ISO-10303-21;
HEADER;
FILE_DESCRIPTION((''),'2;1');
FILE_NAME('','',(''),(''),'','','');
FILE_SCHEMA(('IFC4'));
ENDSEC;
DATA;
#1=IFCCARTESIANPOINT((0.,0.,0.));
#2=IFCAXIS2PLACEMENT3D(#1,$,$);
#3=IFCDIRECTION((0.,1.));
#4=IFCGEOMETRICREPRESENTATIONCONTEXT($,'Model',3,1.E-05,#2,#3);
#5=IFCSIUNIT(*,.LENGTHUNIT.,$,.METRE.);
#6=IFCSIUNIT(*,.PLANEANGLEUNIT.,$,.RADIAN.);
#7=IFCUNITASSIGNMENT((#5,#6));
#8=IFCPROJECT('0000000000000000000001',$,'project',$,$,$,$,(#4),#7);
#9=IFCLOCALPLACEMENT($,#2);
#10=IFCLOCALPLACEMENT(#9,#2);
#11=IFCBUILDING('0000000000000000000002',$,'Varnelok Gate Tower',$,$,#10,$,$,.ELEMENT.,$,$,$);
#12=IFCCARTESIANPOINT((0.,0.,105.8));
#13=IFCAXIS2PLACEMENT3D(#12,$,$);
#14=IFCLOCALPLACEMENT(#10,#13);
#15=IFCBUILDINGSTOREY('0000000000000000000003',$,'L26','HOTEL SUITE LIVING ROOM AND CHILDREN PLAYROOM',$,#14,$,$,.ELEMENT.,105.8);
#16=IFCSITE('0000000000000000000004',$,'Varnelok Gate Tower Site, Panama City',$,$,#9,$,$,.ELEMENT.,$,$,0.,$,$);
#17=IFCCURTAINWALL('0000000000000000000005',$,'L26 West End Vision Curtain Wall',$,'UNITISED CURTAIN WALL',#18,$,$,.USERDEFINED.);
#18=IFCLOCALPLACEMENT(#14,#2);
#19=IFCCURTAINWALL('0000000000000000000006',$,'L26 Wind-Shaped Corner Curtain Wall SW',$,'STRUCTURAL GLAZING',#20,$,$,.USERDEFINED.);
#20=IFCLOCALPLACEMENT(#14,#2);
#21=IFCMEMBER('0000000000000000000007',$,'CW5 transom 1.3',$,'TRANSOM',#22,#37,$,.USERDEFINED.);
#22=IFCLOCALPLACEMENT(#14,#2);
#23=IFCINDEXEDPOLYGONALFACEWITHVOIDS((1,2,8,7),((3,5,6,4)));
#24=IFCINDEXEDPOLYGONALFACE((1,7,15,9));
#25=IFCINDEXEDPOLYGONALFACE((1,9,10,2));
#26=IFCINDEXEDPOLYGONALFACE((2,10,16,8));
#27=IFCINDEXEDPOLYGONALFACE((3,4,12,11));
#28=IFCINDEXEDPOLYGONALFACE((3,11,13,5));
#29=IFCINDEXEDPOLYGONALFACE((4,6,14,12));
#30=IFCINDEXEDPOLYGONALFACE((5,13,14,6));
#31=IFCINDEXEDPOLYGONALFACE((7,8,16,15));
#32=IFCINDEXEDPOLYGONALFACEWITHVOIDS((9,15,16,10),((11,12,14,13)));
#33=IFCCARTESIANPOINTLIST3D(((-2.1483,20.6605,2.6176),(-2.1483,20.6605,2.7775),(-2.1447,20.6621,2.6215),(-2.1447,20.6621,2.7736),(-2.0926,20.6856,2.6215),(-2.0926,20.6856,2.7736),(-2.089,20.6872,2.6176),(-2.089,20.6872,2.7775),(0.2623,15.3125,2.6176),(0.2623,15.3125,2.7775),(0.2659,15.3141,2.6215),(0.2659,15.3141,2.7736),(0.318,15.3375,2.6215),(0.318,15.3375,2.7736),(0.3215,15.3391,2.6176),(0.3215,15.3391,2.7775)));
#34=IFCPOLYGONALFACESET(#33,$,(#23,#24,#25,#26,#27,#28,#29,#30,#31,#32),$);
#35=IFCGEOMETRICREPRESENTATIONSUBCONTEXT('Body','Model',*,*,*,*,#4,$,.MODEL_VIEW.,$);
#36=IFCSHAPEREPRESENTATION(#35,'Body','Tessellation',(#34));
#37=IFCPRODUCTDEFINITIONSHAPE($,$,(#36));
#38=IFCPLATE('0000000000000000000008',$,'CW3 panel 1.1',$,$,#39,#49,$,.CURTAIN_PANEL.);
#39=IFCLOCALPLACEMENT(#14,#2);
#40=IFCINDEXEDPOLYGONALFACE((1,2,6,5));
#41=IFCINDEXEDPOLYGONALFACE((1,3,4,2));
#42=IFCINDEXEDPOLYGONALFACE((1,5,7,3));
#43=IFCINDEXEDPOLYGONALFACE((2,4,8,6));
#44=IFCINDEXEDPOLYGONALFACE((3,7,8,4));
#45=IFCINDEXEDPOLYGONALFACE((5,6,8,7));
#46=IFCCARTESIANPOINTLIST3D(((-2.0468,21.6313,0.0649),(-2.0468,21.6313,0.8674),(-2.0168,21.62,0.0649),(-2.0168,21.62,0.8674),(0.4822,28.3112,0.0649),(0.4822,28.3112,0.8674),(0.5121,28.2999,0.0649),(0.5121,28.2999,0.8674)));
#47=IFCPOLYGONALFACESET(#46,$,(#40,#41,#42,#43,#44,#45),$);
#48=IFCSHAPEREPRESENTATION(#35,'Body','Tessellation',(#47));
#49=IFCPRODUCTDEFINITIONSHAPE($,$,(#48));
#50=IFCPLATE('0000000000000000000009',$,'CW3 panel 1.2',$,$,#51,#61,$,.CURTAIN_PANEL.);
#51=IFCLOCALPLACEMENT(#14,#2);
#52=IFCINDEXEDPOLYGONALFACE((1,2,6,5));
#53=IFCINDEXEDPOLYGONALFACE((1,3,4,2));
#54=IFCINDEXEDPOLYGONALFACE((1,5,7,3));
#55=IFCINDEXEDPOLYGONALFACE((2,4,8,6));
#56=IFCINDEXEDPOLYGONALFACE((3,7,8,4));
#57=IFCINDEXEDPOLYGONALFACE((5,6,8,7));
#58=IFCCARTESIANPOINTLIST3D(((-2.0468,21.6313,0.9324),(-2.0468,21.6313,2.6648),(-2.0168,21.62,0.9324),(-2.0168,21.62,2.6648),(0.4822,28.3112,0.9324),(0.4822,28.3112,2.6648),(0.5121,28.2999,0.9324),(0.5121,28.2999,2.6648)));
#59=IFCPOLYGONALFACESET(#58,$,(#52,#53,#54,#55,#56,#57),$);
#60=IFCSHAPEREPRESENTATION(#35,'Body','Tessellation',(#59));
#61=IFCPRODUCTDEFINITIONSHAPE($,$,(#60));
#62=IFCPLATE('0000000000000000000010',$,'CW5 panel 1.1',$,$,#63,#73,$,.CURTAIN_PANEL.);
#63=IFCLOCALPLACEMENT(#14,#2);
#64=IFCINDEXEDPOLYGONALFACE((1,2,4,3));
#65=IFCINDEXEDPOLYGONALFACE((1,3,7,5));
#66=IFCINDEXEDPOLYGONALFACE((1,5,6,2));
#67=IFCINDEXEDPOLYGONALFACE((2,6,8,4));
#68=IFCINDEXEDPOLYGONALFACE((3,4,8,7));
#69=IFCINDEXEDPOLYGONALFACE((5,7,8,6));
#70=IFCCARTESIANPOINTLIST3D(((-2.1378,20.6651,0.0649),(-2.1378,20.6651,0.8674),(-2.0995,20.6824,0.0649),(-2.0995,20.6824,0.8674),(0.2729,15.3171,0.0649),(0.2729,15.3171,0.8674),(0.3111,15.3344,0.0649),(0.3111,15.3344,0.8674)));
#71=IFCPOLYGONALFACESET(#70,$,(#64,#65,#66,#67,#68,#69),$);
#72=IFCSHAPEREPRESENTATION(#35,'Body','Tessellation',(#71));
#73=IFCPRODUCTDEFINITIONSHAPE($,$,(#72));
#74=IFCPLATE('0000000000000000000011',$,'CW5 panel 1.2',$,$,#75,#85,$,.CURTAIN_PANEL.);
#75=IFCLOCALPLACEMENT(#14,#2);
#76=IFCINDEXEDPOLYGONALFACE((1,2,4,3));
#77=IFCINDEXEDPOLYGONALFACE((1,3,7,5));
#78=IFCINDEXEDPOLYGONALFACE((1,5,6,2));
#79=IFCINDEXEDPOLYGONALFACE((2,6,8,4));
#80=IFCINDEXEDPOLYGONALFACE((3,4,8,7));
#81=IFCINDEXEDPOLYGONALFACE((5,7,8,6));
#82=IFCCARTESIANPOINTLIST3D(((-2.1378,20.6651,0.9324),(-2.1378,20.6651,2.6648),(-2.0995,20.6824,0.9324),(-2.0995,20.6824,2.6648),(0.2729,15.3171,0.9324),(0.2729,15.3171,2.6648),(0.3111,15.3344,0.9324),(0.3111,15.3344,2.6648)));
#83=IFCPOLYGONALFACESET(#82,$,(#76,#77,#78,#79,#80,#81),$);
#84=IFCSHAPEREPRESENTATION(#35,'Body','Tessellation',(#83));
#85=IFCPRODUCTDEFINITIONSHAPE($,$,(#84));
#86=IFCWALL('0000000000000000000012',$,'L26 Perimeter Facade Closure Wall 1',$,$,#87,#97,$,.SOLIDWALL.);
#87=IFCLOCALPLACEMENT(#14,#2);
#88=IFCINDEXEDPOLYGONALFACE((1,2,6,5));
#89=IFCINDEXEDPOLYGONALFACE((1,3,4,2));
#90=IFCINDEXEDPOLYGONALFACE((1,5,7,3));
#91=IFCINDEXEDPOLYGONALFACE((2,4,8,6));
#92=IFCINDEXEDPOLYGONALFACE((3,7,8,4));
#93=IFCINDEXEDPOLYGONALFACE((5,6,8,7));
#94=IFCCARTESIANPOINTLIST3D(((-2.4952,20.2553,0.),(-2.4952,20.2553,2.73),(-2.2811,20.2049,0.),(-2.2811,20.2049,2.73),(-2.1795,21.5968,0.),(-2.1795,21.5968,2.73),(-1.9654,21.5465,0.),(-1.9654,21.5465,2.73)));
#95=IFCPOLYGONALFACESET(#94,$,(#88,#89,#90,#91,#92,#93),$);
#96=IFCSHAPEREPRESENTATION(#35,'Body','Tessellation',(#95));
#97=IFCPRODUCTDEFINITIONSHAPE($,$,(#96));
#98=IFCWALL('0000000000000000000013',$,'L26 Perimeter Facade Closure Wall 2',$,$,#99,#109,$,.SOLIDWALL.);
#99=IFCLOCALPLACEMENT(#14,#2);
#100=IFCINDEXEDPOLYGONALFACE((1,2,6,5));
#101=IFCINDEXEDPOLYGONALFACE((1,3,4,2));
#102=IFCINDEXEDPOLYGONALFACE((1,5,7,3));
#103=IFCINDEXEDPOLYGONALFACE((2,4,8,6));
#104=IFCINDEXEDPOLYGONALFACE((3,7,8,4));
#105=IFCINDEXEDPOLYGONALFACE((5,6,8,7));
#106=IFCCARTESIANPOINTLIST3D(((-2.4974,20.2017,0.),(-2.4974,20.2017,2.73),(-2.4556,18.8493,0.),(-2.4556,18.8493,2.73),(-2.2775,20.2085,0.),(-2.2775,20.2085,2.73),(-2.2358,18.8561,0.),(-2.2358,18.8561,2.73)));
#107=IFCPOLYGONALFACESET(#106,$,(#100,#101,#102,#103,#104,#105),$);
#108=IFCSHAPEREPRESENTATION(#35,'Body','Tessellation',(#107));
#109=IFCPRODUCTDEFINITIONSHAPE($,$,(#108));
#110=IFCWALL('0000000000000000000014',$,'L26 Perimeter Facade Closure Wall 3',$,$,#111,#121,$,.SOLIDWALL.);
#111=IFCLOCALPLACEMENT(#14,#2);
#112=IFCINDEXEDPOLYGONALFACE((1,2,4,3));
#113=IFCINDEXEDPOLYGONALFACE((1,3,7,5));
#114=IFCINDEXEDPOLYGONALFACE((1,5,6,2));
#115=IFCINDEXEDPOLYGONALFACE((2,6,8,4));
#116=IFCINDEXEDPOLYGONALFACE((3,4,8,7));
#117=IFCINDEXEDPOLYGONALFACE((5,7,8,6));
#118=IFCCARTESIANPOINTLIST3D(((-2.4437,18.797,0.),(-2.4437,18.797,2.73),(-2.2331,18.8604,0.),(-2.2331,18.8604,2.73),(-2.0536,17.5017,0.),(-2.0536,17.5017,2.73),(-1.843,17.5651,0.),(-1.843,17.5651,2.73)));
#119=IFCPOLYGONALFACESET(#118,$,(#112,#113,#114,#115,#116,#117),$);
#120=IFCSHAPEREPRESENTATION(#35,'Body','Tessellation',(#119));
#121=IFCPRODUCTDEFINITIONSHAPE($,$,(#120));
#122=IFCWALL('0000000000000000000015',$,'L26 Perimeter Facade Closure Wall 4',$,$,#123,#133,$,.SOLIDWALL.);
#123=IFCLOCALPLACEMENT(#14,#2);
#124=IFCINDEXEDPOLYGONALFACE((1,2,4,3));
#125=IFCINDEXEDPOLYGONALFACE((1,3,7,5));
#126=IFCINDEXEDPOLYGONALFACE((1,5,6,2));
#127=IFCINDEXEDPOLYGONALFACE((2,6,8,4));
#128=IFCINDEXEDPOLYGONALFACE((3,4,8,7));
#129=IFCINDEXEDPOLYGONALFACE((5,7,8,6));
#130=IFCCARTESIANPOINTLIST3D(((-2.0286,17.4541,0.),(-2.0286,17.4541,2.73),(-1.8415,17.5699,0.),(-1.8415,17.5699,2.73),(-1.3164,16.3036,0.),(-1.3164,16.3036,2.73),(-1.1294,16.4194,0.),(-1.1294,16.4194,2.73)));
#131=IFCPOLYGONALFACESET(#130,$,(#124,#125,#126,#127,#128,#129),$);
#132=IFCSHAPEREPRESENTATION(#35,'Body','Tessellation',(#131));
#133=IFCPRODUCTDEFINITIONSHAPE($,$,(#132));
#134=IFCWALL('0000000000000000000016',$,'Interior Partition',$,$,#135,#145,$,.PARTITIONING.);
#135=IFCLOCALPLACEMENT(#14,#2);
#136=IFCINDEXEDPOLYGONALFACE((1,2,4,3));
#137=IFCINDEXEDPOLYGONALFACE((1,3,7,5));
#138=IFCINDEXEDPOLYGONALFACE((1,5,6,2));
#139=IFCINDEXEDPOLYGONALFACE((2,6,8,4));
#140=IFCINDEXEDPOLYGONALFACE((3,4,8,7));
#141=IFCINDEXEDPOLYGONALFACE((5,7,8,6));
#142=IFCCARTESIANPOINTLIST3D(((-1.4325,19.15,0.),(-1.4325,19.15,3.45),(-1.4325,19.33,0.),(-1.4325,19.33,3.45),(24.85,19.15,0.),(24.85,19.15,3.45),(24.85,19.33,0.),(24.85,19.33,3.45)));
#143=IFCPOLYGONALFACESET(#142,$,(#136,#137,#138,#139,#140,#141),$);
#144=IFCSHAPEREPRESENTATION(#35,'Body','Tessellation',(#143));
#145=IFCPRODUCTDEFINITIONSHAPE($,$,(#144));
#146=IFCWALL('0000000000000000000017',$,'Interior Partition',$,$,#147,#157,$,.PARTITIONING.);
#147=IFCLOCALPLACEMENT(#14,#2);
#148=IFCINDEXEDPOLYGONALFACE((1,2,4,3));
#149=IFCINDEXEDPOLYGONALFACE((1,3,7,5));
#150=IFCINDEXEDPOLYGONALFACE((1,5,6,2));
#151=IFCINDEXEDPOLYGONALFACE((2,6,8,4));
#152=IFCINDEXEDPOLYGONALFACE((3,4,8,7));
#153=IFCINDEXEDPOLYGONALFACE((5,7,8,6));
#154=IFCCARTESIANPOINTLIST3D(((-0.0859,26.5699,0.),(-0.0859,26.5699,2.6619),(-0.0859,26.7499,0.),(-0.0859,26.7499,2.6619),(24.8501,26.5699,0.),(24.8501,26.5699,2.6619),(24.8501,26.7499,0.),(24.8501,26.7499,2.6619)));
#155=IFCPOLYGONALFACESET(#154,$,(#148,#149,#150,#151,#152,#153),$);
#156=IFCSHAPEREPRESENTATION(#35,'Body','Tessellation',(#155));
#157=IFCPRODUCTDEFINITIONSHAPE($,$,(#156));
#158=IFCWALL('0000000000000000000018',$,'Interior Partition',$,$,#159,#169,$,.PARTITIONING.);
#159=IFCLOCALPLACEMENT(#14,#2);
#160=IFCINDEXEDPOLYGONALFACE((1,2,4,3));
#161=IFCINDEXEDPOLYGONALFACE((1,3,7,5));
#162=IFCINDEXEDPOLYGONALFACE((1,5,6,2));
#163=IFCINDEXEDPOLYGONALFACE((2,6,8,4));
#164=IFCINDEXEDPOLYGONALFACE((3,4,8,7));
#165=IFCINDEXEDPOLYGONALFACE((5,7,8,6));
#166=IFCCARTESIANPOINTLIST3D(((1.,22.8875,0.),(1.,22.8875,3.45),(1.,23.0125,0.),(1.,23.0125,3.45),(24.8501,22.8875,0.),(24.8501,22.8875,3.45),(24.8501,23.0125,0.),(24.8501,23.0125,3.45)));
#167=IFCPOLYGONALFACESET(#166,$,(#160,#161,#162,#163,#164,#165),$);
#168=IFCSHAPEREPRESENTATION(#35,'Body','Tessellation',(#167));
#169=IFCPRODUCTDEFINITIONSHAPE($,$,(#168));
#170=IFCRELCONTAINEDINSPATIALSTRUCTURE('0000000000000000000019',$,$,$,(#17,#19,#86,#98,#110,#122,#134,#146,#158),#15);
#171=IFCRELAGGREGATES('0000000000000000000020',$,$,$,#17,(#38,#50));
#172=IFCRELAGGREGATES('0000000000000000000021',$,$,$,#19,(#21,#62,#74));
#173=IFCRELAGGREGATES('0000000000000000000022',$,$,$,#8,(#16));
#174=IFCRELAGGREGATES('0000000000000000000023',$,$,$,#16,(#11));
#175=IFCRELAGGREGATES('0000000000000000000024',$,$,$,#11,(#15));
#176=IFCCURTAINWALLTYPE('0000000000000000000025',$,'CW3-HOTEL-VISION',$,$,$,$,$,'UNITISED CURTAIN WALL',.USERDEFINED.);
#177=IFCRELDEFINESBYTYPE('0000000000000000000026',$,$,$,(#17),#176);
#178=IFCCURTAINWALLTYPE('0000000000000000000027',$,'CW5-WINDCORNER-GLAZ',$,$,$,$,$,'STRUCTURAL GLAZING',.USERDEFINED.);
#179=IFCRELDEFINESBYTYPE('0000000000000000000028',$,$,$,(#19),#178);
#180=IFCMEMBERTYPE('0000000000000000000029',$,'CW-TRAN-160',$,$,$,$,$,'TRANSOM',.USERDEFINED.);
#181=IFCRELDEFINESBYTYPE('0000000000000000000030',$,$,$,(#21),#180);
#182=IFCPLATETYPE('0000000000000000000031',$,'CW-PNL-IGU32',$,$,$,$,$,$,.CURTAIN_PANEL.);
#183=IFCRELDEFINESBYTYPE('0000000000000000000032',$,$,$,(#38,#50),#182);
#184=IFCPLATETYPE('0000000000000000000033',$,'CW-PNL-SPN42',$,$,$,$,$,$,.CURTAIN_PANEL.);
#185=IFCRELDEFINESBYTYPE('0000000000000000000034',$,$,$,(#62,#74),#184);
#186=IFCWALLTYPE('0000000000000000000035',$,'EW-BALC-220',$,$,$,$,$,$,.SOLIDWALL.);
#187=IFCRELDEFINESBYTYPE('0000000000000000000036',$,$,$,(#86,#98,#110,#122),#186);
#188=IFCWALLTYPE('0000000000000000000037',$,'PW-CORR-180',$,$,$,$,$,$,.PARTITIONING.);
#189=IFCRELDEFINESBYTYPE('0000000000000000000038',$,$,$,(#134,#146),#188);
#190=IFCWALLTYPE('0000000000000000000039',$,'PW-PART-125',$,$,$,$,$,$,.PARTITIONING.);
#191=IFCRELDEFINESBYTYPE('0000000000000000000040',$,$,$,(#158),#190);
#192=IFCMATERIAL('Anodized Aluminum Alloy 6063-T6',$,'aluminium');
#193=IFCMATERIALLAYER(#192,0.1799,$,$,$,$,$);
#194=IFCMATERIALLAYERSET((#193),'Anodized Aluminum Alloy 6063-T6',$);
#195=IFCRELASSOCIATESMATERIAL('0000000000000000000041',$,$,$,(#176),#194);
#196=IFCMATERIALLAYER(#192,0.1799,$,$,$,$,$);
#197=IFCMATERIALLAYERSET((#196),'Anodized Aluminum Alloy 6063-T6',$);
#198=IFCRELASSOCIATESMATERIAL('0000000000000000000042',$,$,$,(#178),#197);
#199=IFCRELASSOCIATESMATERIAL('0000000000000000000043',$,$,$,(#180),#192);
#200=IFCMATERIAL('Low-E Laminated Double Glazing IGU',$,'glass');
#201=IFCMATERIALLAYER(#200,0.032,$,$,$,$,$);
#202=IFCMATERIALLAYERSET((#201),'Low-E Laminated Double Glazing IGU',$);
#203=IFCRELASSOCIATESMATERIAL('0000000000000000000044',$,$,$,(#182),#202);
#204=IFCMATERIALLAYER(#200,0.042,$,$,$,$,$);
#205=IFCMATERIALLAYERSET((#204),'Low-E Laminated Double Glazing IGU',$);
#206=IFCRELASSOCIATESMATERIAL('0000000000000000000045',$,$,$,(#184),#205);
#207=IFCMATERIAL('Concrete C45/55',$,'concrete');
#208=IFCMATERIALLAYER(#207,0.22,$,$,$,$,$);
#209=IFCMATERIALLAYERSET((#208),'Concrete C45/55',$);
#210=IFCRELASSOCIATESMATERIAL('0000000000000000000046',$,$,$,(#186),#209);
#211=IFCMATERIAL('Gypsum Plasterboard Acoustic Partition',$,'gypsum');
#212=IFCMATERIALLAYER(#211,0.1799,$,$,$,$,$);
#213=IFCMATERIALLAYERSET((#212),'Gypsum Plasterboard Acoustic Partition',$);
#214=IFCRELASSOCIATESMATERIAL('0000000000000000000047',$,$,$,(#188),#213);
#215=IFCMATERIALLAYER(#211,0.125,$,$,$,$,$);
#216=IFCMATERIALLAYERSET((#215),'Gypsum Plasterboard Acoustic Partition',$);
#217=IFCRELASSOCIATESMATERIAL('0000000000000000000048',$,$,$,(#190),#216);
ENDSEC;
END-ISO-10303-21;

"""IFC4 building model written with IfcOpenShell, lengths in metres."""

from ifc_helpers import new_model, si_unit, direction, frame, frame_2d, origin, origin_2d, place, context, subcontext, project, spatial, rectangle, hollow_rectangle, extrude, source, transform, mapped, material, layer, layer_set, material_profile, profile_set, type_object, element, aggregate, save


model = new_model("IFC4")

# Units and contexts
model_context = context("Model", 3, precision=1e-05, world=origin(), true_north=direction((0.0, 1.0)))
body_context = subcontext(model_context, "Body", "Model", "MODEL_VIEW")
ifc_project = project(units=[si_unit("LENGTHUNIT", "METRE"), si_unit("PLANEANGLEUNIT", "RADIAN")], contexts=[model_context])

# Site, building, storey
site_placement = place(None, origin())
site = spatial("IfcSite", under=ifc_project, at=site_placement, Name="Varnelok Gate Tower Site, Panama City", CompositionType="ELEMENT", RefElevation=0.0)
building_placement = place(site_placement, origin())
building = spatial("IfcBuilding", under=site, at=building_placement, Name="Varnelok Gate Tower", CompositionType="ELEMENT")
storey_placement = place(building_placement, frame((0.0, 0.0, 105.8)))
storey = spatial("IfcBuildingStorey", under=building, at=storey_placement, Name="L26", Description="HOTEL SUITE LIVING ROOM AND CHILDREN PLAYROOM", CompositionType="ELEMENT", Elevation=105.8)

# Curtain wall
ifc_material_1 = material(Name="Anodized Aluminum Alloy 6063-T6", Category="aluminium")
ifc_layer_1 = layer(ifc_material_1, 0.1799)
ifc_layer_set_1 = layer_set([ifc_layer_1], Name="Anodized Aluminum Alloy 6063-T6")
curtain_wall_type_1 = type_object("IfcCurtainWallType", Name="CW3-HOTEL-VISION", ElementType="UNITISED CURTAIN WALL", PredefinedType="USERDEFINED", material=ifc_layer_set_1)
curtain_wall_1_placement = place(storey_placement, origin())
curtain_wall_1 = element("IfcCurtainWall", 1, at=curtain_wall_1_placement, inside=storey, type_object=curtain_wall_type_1, Name="L26 West End Vision Curtain Wall", ObjectType="UNITISED CURTAIN WALL", PredefinedType="USERDEFINED")

# Curtain wall
ifc_layer_2 = layer(ifc_material_1, 0.1799)
ifc_layer_set_2 = layer_set([ifc_layer_2], Name="Anodized Aluminum Alloy 6063-T6")
curtain_wall_type_2 = type_object("IfcCurtainWallType", Name="CW5-WINDCORNER-GLAZ", ElementType="STRUCTURAL GLAZING", PredefinedType="USERDEFINED", material=ifc_layer_set_2)
curtain_wall_2_placement = place(storey_placement, origin())
curtain_wall_2 = element("IfcCurtainWall", 2, at=curtain_wall_2_placement, inside=storey, type_object=curtain_wall_type_2, Name="L26 Wind-Shaped Corner Curtain Wall SW", ObjectType="STRUCTURAL GLAZING", PredefinedType="USERDEFINED")

# Member
ifc_material_profile_1 = material_profile(ifc_material_1, hollow_rectangle(XDim=0.0649, YDim=0.1599, WallThickness=0.0039, at=origin_2d()), Name="ALU160X65X4")
ifc_profile_set_1 = profile_set([ifc_material_profile_1], Name="Anodized Aluminum Alloy 6063-T6")
member_type_1 = type_object("IfcMemberType", Name="CW-TRAN-160", ElementType="TRANSOM", PredefinedType="USERDEFINED", material=ifc_profile_set_1)
member_1_placement = place(storey_placement, frame((-2.1187, 20.6738, 2.6975), z_axis=(0.410929, -0.911667, 0.0), x_axis=(0.911667, 0.410929, 0.0)))
member_1 = element("IfcMember", 3, at=member_1_placement, type_object=member_type_1, Name="CW5 transom 1.3", ObjectType="TRANSOM", PredefinedType="USERDEFINED", context=body_context, shape_type="SweptSolid", body=[
    extrude(hollow_rectangle(XDim=0.0649, YDim=0.1599, WallThickness=0.0039, at=origin_2d()), origin(), (0.0, 0.0, 1.0), 5.8662),
])

# Plates
ifc_material_2 = material(Name="Low-E Laminated Double Glazing IGU", Category="glass")
ifc_layer_3 = layer(ifc_material_2, 0.032)
ifc_layer_set_3 = layer_set([ifc_layer_3], Name="Low-E Laminated Double Glazing IGU")
plate_type_1 = type_object("IfcPlateType", Name="CW-PNL-IGU32", PredefinedType="CURTAIN_PANEL", material=ifc_layer_set_3)
shared_shape_1 = source(origin(), body_context, "Body", "SweptSolid", [
    extrude(rectangle(XDim=7.1426, YDim=0.032, at=origin_2d()), origin(), (0.0, 0.0, 1.0), 0.8025),
])
plate_1_placement = place(storey_placement, frame((-0.7673, 24.9656, 0.0649), z_axis=(0.0, 0.0, 1.0), x_axis=(0.354064, 0.935221, 0.0)))
plate_1 = element("IfcPlate", 4, at=plate_1_placement, type_object=plate_type_1, Name="CW3 panel 1.1", PredefinedType="CURTAIN_PANEL", context=body_context, shape_type="MappedRepresentation", body=[
    mapped(shared_shape_1, transform((0.0, 0.0, 0.0), scale=1.0)),
])
shared_shape_2 = source(origin(), body_context, "Body", "SweptSolid", [
    extrude(rectangle(XDim=7.1426, YDim=0.032, at=origin_2d()), origin(), (0.0, 0.0, 1.0), 1.7324),
])
plate_2_placement = place(storey_placement, frame((-0.7673, 24.9656, 0.9324), z_axis=(0.0, 0.0, 1.0), x_axis=(0.354064, 0.935221, 0.0)))
plate_2 = element("IfcPlate", 5, at=plate_2_placement, type_object=plate_type_1, Name="CW3 panel 1.2", PredefinedType="CURTAIN_PANEL", context=body_context, shape_type="MappedRepresentation", body=[
    mapped(shared_shape_2, transform((0.0, 0.0, 0.0), scale=1.0)),
])
aggregate(curtain_wall_1, [plate_1, plate_2])
ifc_layer_4 = layer(ifc_material_2, 0.042)
ifc_layer_set_4 = layer_set([ifc_layer_4], Name="Low-E Laminated Double Glazing IGU")
plate_type_2 = type_object("IfcPlateType", Name="CW-PNL-SPN42", PredefinedType="CURTAIN_PANEL", material=ifc_layer_set_4)
shared_shape_3 = source(origin(), body_context, "Body", "SweptSolid", [
    extrude(rectangle(XDim=5.8662, YDim=0.042, at=origin_2d()), origin(), (0.0, 0.0, 1.0), 0.8025),
])
plate_3_placement = place(storey_placement, frame((-0.9133, 17.9998, 0.0649), z_axis=(0.0, 0.0, 1.0), x_axis=(0.410937, -0.911664, 0.0)))
plate_3 = element("IfcPlate", 6, at=plate_3_placement, type_object=plate_type_2, Name="CW5 panel 1.1", PredefinedType="CURTAIN_PANEL", context=body_context, shape_type="MappedRepresentation", body=[
    mapped(shared_shape_3, transform((0.0, 0.0, 0.0), scale=1.0)),
])
shared_shape_4 = source(origin(), body_context, "Body", "SweptSolid", [
    extrude(rectangle(XDim=5.8662, YDim=0.042, at=origin_2d()), origin(), (0.0, 0.0, 1.0), 1.7324),
])
plate_4_placement = place(storey_placement, frame((-0.9133, 17.9998, 0.9324), z_axis=(0.0, 0.0, 1.0), x_axis=(0.410937, -0.911664, 0.0)))
plate_4 = element("IfcPlate", 7, at=plate_4_placement, type_object=plate_type_2, Name="CW5 panel 1.2", PredefinedType="CURTAIN_PANEL", context=body_context, shape_type="MappedRepresentation", body=[
    mapped(shared_shape_4, transform((0.0, 0.0, 0.0), scale=1.0)),
])
aggregate(curtain_wall_2, [member_1, plate_3, plate_4])

# Walls
ifc_material_3 = material(Name="Concrete C45/55", Category="concrete")
ifc_layer_5 = layer(ifc_material_3, 0.22)
ifc_layer_set_5 = layer_set([ifc_layer_5], Name="Concrete C45/55")
wall_type_1 = type_object("IfcWallType", Name="EW-BALC-220", PredefinedType="SOLIDWALL", material=ifc_layer_set_5)
wall_1_placement = place(storey_placement, frame((-2.0725, 21.5715, 0.0), z_axis=(0.0, 0.0, 1.0), x_axis=(-0.229049, -0.973415, 0.0)))
element("IfcWall", 8, at=wall_1_placement, inside=storey, type_object=wall_type_1, Name="L26 Perimeter Facade Closure Wall 1", PredefinedType="SOLIDWALL", context=body_context, shape_type="SweptSolid", body=[
    extrude(rectangle(XDim=1.3782, YDim=0.22, at=frame_2d((0.689, 0.0))), origin(), (0.0, 0.0, 1.0), 2.73),
])
wall_2_placement = place(storey_placement, frame((-2.3875, 20.2051, 0.0), z_axis=(0.0, 0.0, 1.0), x_axis=(0.030857, -0.999524, 0.0)))
element("IfcWall", 9, at=wall_2_placement, inside=storey, type_object=wall_type_1, Name="L26 Perimeter Facade Closure Wall 2", PredefinedType="SOLIDWALL", context=body_context, shape_type="SweptSolid", body=[
    extrude(rectangle(XDim=1.353, YDim=0.22, at=frame_2d((0.6765, 0.0))), origin(), (0.0, 0.0, 1.0), 2.73),
])
wall_3_placement = place(storey_placement, frame((-2.3384, 18.8286, 0.0), z_axis=(0.0, 0.0, 1.0), x_axis=(0.288374, -0.957518, 0.0)))
element("IfcWall", 10, at=wall_3_placement, inside=storey, type_object=wall_type_1, Name="L26 Perimeter Facade Closure Wall 3", PredefinedType="SOLIDWALL", context=body_context, shape_type="SweptSolid", body=[
    extrude(rectangle(XDim=1.3528, YDim=0.22, at=frame_2d((0.6763, 0.0))), origin(), (0.0, 0.0, 1.0), 2.73),
])
wall_4_placement = place(storey_placement, frame((-1.9351, 17.512, 0.0), z_axis=(0.0, 0.0, 1.0), x_axis=(0.526361, -0.850261, 0.0)))
element("IfcWall", 11, at=wall_4_placement, inside=storey, type_object=wall_type_1, Name="L26 Perimeter Facade Closure Wall 4", PredefinedType="SOLIDWALL", context=body_context, shape_type="SweptSolid", body=[
    extrude(rectangle(XDim=1.353, YDim=0.22, at=frame_2d((0.6765, 0.0))), origin(), (0.0, 0.0, 1.0), 2.73),
])
ifc_material_4 = material(Name="Gypsum Plasterboard Acoustic Partition", Category="gypsum")
ifc_layer_6 = layer(ifc_material_4, 0.1799)
ifc_layer_set_6 = layer_set([ifc_layer_6], Name="Gypsum Plasterboard Acoustic Partition")
wall_type_2 = type_object("IfcWallType", Name="PW-CORR-180", PredefinedType="PARTITIONING", material=ifc_layer_set_6)
wall_5_placement = place(storey_placement, frame((-1.4324, 19.24, 0.0), z_axis=(0.0, 0.0, 1.0), x_axis=(1.0, 0.0, 0.0)))
element("IfcWall", 12, at=wall_5_placement, inside=storey, type_object=wall_type_2, Name="Interior Partition", PredefinedType="PARTITIONING", context=body_context, shape_type="SweptSolid", body=[
    extrude(rectangle(XDim=26.2825, YDim=0.1799, at=frame_2d((13.1411, 0.0))), origin(), (0.0, 0.0, 1.0), 3.45),
])
wall_6_placement = place(storey_placement, frame((-0.0859, 26.6599, 0.0), z_axis=(0.0, 0.0, 1.0), x_axis=(1.0, 0.0, 0.0)))
element("IfcWall", 13, at=wall_6_placement, inside=storey, type_object=wall_type_2, Name="Interior Partition", PredefinedType="PARTITIONING", context=body_context, shape_type="SweptSolid", body=[
    extrude(rectangle(XDim=24.936, YDim=0.1799, at=frame_2d((12.468, 0.0))), origin(), (0.0, 0.0, 1.0), 2.6619),
])
ifc_layer_7 = layer(ifc_material_4, 0.125)
ifc_layer_set_7 = layer_set([ifc_layer_7], Name="Gypsum Plasterboard Acoustic Partition")
wall_type_3 = type_object("IfcWallType", Name="PW-PART-125", PredefinedType="PARTITIONING", material=ifc_layer_set_7)
wall_7_placement = place(storey_placement, frame((1.0, 22.95, 0.0), z_axis=(0.0, 0.0, 1.0), x_axis=(1.0, 0.0, 0.0)))
element("IfcWall", 14, at=wall_7_placement, inside=storey, type_object=wall_type_3, Name="Interior Partition", PredefinedType="PARTITIONING", context=body_context, shape_type="SweptSolid", body=[
    extrude(rectangle(XDim=23.8501, YDim=0.125, at=frame_2d((11.925, 0.0))), origin(), (0.0, 0.0, 1.0), 3.45),
])

save(model, "model.ifc")
